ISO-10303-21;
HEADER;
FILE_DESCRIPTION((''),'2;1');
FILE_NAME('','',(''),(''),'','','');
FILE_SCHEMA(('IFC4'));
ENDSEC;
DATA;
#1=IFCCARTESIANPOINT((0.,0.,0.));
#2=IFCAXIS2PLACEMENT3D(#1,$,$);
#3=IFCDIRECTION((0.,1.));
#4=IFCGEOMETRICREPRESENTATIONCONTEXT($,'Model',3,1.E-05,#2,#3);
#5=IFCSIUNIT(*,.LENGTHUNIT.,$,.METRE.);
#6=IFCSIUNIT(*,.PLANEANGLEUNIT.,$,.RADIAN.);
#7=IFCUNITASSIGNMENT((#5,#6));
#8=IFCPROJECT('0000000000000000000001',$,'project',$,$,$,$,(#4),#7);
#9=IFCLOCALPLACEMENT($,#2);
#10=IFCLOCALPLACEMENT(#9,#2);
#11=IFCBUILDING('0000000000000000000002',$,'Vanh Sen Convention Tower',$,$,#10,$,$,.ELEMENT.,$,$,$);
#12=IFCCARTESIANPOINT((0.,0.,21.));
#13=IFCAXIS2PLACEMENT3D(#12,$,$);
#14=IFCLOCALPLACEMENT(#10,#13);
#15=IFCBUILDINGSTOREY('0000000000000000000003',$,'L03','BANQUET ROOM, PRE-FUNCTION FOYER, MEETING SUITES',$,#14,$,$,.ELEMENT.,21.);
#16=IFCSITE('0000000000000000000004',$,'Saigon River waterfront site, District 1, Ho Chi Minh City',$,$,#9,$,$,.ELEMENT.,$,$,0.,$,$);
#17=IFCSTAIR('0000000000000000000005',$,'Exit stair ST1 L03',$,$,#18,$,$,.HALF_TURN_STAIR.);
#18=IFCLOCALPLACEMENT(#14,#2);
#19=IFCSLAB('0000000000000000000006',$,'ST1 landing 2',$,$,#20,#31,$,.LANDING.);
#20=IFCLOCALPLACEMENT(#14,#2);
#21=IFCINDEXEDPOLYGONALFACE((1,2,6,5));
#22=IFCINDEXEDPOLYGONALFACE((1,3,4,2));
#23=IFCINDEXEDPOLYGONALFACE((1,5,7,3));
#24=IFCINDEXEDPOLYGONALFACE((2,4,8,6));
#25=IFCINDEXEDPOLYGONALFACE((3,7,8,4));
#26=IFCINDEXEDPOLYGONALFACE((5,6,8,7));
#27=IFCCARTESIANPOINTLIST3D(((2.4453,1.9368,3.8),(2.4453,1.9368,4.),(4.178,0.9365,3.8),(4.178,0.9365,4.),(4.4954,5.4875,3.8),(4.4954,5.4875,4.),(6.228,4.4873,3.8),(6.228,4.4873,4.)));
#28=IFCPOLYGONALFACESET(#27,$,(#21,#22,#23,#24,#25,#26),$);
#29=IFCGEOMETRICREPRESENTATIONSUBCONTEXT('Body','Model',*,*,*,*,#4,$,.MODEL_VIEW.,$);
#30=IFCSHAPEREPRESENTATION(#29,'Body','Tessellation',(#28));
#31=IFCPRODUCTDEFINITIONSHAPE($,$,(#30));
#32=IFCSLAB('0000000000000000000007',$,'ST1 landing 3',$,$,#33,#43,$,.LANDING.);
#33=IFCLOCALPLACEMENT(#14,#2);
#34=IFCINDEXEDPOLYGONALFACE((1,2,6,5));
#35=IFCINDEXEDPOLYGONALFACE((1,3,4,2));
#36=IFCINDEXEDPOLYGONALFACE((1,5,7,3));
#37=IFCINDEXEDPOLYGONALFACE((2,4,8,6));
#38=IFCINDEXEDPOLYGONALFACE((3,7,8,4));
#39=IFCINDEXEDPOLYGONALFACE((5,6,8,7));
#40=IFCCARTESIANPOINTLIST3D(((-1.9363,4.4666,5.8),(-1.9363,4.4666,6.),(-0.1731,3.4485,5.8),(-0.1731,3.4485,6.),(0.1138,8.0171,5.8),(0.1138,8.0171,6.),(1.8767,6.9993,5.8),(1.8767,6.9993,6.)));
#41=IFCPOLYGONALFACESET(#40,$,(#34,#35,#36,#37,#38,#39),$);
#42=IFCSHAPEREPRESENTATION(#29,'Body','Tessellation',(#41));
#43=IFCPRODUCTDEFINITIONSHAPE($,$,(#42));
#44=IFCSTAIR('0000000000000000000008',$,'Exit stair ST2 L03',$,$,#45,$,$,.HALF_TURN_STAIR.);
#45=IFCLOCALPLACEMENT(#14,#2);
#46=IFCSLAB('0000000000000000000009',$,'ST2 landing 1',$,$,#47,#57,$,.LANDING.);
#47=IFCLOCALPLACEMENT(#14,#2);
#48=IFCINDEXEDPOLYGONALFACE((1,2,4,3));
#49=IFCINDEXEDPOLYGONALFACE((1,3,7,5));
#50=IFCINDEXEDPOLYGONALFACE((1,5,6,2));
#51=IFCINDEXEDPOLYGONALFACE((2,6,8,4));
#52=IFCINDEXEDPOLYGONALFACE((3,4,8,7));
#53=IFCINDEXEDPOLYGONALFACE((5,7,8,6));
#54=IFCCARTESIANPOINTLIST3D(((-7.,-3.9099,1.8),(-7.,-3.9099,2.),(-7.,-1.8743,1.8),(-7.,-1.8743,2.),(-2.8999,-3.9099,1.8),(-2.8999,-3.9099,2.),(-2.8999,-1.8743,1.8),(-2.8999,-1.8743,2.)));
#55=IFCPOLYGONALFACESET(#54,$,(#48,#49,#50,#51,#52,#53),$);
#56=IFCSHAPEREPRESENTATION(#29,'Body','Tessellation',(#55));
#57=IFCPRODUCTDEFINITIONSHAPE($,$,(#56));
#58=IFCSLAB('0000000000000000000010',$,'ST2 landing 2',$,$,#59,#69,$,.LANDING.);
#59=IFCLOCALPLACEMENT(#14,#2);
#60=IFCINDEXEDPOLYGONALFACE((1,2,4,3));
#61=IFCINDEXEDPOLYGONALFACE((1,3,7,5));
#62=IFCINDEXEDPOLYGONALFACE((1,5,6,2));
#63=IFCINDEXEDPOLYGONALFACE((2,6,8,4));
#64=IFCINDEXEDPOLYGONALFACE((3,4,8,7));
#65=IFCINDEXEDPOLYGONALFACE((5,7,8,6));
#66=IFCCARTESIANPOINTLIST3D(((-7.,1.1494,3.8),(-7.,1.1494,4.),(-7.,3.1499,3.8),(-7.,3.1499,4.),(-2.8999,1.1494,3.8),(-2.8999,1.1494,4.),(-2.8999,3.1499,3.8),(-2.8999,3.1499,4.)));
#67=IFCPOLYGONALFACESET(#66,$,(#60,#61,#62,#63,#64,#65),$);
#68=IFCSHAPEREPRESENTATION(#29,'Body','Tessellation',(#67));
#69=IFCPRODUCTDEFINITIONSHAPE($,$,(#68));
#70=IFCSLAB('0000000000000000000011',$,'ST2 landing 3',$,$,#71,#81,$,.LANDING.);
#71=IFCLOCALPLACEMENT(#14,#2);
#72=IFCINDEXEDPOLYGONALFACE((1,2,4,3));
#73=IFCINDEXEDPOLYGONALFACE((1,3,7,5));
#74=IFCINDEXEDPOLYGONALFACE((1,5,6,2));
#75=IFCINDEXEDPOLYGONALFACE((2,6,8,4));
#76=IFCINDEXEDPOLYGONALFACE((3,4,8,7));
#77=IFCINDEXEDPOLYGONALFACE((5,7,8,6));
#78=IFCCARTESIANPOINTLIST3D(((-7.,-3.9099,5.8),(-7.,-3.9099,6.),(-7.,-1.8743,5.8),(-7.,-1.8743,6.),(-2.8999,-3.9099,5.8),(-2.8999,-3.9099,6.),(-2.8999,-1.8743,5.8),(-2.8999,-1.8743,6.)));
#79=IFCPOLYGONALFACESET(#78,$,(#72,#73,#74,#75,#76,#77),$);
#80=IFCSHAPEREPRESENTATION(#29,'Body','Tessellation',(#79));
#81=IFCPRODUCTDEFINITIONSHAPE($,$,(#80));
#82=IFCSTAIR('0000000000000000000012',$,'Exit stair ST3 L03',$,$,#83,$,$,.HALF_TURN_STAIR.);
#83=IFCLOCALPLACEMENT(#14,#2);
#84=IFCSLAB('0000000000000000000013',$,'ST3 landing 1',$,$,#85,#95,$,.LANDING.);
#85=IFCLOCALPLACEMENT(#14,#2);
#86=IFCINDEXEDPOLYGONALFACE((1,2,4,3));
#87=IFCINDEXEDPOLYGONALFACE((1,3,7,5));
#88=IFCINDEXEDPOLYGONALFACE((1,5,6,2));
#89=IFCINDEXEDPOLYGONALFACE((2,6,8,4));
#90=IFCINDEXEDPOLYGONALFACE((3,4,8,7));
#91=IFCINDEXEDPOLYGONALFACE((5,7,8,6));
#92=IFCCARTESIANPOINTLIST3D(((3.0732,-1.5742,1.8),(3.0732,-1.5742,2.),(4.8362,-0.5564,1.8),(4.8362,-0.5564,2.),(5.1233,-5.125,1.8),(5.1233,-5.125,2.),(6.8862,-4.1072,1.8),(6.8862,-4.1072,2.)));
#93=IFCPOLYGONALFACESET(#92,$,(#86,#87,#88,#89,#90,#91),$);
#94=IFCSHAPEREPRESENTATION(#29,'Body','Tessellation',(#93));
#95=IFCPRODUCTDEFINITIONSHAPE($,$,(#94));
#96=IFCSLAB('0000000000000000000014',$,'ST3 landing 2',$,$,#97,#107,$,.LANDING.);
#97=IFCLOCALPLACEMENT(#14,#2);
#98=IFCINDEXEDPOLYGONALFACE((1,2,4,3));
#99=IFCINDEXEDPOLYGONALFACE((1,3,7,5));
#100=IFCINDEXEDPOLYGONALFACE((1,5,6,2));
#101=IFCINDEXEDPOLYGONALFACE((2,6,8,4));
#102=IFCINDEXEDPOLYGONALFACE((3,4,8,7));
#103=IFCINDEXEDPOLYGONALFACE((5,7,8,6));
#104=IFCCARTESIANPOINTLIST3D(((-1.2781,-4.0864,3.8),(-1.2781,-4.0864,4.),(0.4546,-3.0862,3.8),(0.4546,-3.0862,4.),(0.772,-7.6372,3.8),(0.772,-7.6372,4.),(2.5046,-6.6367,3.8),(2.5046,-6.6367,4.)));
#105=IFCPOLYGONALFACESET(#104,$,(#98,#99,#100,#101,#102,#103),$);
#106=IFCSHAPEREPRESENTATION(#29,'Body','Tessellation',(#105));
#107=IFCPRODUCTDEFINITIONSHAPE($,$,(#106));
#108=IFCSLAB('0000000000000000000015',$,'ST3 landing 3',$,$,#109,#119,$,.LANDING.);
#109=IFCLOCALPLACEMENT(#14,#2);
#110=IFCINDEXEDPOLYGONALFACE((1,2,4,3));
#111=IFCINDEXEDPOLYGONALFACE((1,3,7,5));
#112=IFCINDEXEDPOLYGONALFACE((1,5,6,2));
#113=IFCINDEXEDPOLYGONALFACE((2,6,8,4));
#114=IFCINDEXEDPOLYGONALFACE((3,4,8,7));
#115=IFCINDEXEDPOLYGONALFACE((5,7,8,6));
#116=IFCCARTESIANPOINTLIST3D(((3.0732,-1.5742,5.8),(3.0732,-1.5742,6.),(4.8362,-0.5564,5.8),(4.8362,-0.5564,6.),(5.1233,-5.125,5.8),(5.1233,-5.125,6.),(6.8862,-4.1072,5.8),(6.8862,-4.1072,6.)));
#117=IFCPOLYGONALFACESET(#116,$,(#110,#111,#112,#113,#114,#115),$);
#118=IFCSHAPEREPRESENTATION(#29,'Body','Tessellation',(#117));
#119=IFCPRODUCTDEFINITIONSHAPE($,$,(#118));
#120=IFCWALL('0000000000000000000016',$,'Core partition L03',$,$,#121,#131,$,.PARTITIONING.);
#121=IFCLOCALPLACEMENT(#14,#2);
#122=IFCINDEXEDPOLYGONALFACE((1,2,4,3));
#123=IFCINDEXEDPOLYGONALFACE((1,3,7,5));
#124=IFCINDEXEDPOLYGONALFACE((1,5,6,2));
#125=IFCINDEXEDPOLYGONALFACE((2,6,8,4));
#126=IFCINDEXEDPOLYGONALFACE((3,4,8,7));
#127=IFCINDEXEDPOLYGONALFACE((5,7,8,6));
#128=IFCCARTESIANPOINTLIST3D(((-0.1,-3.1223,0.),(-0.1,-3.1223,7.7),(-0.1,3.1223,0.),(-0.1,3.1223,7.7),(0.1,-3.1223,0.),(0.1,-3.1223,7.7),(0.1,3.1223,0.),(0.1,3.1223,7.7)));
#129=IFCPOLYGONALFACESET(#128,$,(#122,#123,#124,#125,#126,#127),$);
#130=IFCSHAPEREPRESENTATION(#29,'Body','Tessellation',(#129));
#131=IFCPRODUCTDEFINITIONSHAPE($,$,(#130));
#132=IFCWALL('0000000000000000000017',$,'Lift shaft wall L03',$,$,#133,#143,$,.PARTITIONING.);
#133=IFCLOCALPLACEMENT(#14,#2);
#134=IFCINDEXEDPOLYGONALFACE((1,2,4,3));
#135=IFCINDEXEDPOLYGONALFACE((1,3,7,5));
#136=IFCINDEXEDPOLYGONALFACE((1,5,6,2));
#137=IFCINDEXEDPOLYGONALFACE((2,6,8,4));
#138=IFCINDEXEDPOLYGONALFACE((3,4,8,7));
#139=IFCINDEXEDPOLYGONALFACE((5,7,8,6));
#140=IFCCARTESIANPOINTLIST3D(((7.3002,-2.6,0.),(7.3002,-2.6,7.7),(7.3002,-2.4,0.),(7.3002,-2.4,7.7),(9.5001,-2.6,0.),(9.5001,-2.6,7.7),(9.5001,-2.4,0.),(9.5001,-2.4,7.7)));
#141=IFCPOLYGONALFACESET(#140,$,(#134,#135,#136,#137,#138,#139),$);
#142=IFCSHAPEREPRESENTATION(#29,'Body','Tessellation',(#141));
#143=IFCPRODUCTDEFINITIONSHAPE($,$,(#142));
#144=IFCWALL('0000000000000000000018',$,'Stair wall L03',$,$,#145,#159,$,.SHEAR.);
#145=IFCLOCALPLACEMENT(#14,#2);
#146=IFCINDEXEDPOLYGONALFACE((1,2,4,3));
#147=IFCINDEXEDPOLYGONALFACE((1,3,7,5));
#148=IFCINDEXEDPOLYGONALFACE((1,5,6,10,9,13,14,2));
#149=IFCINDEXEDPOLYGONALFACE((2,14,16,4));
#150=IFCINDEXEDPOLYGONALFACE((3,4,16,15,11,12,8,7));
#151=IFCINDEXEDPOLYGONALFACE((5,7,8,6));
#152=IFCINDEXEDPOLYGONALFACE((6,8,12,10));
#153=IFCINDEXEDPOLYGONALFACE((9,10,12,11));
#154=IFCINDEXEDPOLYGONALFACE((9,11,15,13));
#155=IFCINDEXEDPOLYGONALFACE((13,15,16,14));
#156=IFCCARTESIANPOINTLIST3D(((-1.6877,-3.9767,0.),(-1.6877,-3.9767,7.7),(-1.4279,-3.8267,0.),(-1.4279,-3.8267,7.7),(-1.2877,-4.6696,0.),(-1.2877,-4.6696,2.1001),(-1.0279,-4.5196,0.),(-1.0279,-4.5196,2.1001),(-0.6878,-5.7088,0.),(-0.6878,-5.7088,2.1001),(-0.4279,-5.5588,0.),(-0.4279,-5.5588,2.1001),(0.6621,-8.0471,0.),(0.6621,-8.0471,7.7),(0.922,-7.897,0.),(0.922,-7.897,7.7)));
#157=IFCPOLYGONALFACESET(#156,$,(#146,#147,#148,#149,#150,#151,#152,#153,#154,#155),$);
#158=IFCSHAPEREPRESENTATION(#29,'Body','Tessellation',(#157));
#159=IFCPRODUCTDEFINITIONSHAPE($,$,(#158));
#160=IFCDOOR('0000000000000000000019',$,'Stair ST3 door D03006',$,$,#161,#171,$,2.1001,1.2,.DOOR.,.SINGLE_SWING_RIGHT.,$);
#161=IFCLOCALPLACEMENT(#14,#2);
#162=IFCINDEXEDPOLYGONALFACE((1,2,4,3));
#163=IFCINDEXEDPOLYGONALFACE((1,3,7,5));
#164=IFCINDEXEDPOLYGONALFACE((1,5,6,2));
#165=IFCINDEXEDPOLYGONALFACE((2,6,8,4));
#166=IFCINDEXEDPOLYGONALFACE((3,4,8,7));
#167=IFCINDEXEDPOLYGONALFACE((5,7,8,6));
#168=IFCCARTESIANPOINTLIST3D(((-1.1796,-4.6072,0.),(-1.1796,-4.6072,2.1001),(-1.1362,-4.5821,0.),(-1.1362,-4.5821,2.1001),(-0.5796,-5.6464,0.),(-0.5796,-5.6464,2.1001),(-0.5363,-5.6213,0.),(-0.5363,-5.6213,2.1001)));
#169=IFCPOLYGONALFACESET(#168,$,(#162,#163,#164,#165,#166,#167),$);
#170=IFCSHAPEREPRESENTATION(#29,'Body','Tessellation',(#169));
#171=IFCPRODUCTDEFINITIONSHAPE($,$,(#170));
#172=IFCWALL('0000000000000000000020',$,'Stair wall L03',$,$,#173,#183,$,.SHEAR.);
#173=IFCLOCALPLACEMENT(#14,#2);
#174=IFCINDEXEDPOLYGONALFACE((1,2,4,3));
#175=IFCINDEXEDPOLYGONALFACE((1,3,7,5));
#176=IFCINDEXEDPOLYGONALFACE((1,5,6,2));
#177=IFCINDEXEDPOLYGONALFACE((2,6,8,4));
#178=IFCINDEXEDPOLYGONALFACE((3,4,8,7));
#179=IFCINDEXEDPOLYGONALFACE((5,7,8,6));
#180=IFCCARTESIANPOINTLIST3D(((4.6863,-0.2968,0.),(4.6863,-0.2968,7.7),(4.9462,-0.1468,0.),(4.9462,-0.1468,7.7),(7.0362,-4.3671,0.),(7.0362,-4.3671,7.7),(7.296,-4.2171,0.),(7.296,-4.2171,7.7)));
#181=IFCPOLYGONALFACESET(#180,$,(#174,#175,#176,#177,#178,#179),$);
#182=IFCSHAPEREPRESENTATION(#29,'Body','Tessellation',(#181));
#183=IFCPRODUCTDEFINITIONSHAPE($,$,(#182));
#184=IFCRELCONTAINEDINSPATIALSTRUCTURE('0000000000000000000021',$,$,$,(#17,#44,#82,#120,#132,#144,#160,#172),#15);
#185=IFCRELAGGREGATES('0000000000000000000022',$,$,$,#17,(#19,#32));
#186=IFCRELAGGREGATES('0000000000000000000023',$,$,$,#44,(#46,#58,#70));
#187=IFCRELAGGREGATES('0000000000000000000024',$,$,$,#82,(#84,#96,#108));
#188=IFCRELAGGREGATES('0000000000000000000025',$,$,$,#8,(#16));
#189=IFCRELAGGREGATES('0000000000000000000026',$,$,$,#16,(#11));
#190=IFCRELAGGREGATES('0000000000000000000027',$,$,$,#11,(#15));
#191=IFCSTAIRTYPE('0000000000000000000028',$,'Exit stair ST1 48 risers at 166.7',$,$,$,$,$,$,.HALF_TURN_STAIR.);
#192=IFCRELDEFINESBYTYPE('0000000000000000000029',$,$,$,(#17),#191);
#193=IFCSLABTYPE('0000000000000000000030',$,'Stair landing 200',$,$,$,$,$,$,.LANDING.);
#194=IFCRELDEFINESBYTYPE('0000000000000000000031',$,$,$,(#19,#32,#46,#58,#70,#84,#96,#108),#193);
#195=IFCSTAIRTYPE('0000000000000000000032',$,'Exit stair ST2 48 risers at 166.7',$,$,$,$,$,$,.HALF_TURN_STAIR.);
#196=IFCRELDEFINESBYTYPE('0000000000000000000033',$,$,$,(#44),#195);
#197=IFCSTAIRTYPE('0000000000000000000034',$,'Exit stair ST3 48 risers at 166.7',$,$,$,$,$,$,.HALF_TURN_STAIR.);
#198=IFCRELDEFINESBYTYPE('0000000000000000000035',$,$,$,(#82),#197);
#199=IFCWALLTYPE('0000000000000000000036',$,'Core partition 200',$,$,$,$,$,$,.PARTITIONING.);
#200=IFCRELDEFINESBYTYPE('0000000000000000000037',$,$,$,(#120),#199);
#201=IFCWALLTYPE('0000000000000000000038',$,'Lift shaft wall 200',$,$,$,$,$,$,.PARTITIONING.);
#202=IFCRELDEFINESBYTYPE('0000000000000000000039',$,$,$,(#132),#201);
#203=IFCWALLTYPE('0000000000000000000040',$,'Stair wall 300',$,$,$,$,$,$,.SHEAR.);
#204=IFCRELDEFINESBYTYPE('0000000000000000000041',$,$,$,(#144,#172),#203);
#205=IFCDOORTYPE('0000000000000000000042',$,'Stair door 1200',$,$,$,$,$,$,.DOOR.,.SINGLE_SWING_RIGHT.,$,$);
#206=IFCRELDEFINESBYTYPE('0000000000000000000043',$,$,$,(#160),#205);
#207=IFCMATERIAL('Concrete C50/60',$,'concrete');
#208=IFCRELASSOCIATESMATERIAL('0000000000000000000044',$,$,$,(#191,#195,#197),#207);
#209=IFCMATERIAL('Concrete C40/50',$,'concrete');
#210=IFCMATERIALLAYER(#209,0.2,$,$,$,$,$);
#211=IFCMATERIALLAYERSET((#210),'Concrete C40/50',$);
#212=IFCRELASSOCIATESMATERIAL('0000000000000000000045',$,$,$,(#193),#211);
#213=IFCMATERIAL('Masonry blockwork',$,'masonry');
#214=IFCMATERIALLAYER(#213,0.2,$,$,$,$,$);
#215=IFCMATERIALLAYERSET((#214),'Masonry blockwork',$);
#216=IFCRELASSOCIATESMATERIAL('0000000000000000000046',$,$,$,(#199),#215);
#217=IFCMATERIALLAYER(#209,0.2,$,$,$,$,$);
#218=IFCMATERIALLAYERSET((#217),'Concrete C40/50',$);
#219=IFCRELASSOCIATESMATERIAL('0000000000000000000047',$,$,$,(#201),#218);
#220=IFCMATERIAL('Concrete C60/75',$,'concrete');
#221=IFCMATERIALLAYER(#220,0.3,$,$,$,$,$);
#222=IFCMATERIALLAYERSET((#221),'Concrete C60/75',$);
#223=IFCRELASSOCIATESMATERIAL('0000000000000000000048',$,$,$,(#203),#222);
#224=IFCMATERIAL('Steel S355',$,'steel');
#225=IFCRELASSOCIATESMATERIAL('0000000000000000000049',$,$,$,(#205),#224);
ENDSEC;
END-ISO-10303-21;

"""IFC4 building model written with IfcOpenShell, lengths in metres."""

from ifc_helpers import new_model, si_unit, direction, frame, frame_2d, origin, place, context, subcontext, project, spatial, polyline, rectangle, outline, extrude, material, layer, layer_set, type_object, element, fill, aggregate, save


model = new_model("IFC4")

# Units and contexts
model_context = context("Model", 3, precision=1e-05, world=origin(), true_north=direction((0.0, 1.0)))
body_context = subcontext(model_context, "Body", "Model", "MODEL_VIEW")
ifc_project = project(units=[si_unit("LENGTHUNIT", "METRE"), si_unit("PLANEANGLEUNIT", "RADIAN")], contexts=[model_context])

# Site, building, storey
site_placement = place(None, origin())
site = spatial("IfcSite", under=ifc_project, at=site_placement, Name="Saigon River waterfront site, District 1, Ho Chi Minh City", CompositionType="ELEMENT", RefElevation=0.0)
building_placement = place(site_placement, origin())
building = spatial("IfcBuilding", under=site, at=building_placement, Name="Vanh Sen Convention Tower", CompositionType="ELEMENT")
storey_placement = place(building_placement, frame((0.0, 0.0, 21.0)))
storey = spatial("IfcBuildingStorey", under=building, at=storey_placement, Name="L03", Description="BANQUET ROOM, PRE-FUNCTION FOYER, MEETING SUITES", CompositionType="ELEMENT", Elevation=21.0)

# Shared definitions
ifc_material_1 = material(Name="Concrete C40/50", Category="concrete")

# Stairs, slabs
ifc_material_2 = material(Name="Concrete C50/60", Category="concrete")
stair_type_1 = type_object("IfcStairType", Name="Exit stair ST1 48 risers at 166.7", PredefinedType="HALF_TURN_STAIR", material=ifc_material_2)
stair_1_placement = place(storey_placement, origin())
stair_1 = element("IfcStair", 1, at=stair_1_placement, inside=storey, type_object=stair_type_1, Name="Exit stair ST1 L03", PredefinedType="HALF_TURN_STAIR")
ifc_layer_1 = layer(ifc_material_1, 0.2)
ifc_layer_set_1 = layer_set([ifc_layer_1], Name="Concrete C40/50")
slab_type_1 = type_object("IfcSlabType", Name="Stair landing 200", PredefinedType="LANDING", material=ifc_layer_set_1)
slab_1_placement = place(storey_placement, frame((0.0, 0.0, 3.8)))
slab_1 = element("IfcSlab", 2, at=slab_1_placement, type_object=slab_type_1, Name="ST1 landing 2", PredefinedType="LANDING", context=body_context, shape_type="SweptSolid", body=[
    extrude(outline(polyline([(6.228, 4.4873), (4.4954, 5.4875), (2.4453, 1.9368), (4.178, 0.9365), (6.228, 4.4873)])), origin(), (0.0, 0.0, 1.0), 0.2),
])
slab_2_placement = place(storey_placement, frame((0.0, 0.0, 5.8)))
slab_2 = element("IfcSlab", 3, at=slab_2_placement, type_object=slab_type_1, Name="ST1 landing 3", PredefinedType="LANDING", context=body_context, shape_type="SweptSolid", body=[
    extrude(outline(polyline([(1.8767, 6.9993), (0.1138, 8.0171), (-1.9363, 4.4666), (-0.1731, 3.4485), (1.8767, 6.9993)])), origin(), (0.0, 0.0, 1.0), 0.2),
])
aggregate(stair_1, [slab_1, slab_2])
stair_type_2 = type_object("IfcStairType", Name="Exit stair ST2 48 risers at 166.7", PredefinedType="HALF_TURN_STAIR", material=ifc_material_2)
stair_2_placement = place(storey_placement, origin())
stair_2 = element("IfcStair", 4, at=stair_2_placement, inside=storey, type_object=stair_type_2, Name="Exit stair ST2 L03", PredefinedType="HALF_TURN_STAIR")
slab_3_placement = place(storey_placement, frame((0.0, 0.0, 1.8)))
slab_3 = element("IfcSlab", 5, at=slab_3_placement, type_object=slab_type_1, Name="ST2 landing 1", PredefinedType="LANDING", context=body_context, shape_type="SweptSolid", body=[
    extrude(outline(polyline([(-7.0, -1.8743), (-7.0, -3.9099), (-2.8999, -3.9099), (-2.8999, -1.8743), (-7.0, -1.8743)])), origin(), (0.0, 0.0, 1.0), 0.2),
])
slab_4_placement = place(storey_placement, frame((0.0, 0.0, 3.8)))
slab_4 = element("IfcSlab", 6, at=slab_4_placement, type_object=slab_type_1, Name="ST2 landing 2", PredefinedType="LANDING", context=body_context, shape_type="SweptSolid", body=[
    extrude(outline(polyline([(-7.0, 3.1499), (-7.0, 1.1494), (-2.8999, 1.1494), (-2.8999, 3.1499), (-7.0, 3.1499)])), origin(), (0.0, 0.0, 1.0), 0.2),
])
slab_5_placement = place(storey_placement, frame((0.0, 0.0, 5.8)))
slab_5 = element("IfcSlab", 7, at=slab_5_placement, type_object=slab_type_1, Name="ST2 landing 3", PredefinedType="LANDING", context=body_context, shape_type="SweptSolid", body=[
    extrude(outline(polyline([(-7.0, -1.8743), (-7.0, -3.9099), (-2.8999, -3.9099), (-2.8999, -1.8743), (-7.0, -1.8743)])), origin(), (0.0, 0.0, 1.0), 0.2),
])
aggregate(stair_2, [slab_3, slab_4, slab_5])
stair_type_3 = type_object("IfcStairType", Name="Exit stair ST3 48 risers at 166.7", PredefinedType="HALF_TURN_STAIR", material=ifc_material_2)
stair_3_placement = place(storey_placement, origin())
stair_3 = element("IfcStair", 8, at=stair_3_placement, inside=storey, type_object=stair_type_3, Name="Exit stair ST3 L03", PredefinedType="HALF_TURN_STAIR")
slab_6_placement = place(storey_placement, frame((0.0, 0.0, 1.8)))
slab_6 = element("IfcSlab", 9, at=slab_6_placement, type_object=slab_type_1, Name="ST3 landing 1", PredefinedType="LANDING", context=body_context, shape_type="SweptSolid", body=[
    extrude(outline(polyline([(5.1233, -5.125), (6.8862, -4.1072), (4.8362, -0.5564), (3.0732, -1.5742), (5.1233, -5.125)])), origin(), (0.0, 0.0, 1.0), 0.2),
])
slab_7_placement = place(storey_placement, frame((0.0, 0.0, 3.8)))
slab_7 = element("IfcSlab", 10, at=slab_7_placement, type_object=slab_type_1, Name="ST3 landing 2", PredefinedType="LANDING", context=body_context, shape_type="SweptSolid", body=[
    extrude(outline(polyline([(0.772, -7.6372), (2.5046, -6.6367), (0.4546, -3.0862), (-1.2781, -4.0864), (0.772, -7.6372)])), origin(), (0.0, 0.0, 1.0), 0.2),
])
slab_8_placement = place(storey_placement, frame((0.0, 0.0, 5.8)))
slab_8 = element("IfcSlab", 11, at=slab_8_placement, type_object=slab_type_1, Name="ST3 landing 3", PredefinedType="LANDING", context=body_context, shape_type="SweptSolid", body=[
    extrude(outline(polyline([(5.1233, -5.125), (6.8862, -4.1072), (4.8362, -0.5564), (3.0732, -1.5742), (5.1233, -5.125)])), origin(), (0.0, 0.0, 1.0), 0.2),
])
aggregate(stair_3, [slab_6, slab_7, slab_8])

# Walls
ifc_material_3 = material(Name="Masonry blockwork", Category="masonry")
ifc_layer_2 = layer(ifc_material_3, 0.2)
ifc_layer_set_2 = layer_set([ifc_layer_2], Name="Masonry blockwork")
wall_type_1 = type_object("IfcWallType", Name="Core partition 200", PredefinedType="PARTITIONING", material=ifc_layer_set_2)
wall_1_placement = place(storey_placement, frame((0.0, -3.1223, 0.0), z_axis=(0.0, 0.0, 1.0), x_axis=(0.0, 1.0, 0.0)))
element("IfcWall", 12, at=wall_1_placement, inside=storey, type_object=wall_type_1, Name="Core partition L03", PredefinedType="PARTITIONING", context=body_context, shape_type="SweptSolid", body=[
    extrude(rectangle(XDim=6.2446, YDim=0.2, at=frame_2d((3.1223, 0.0))), origin(), (0.0, 0.0, 1.0), 7.7),
])
ifc_layer_3 = layer(ifc_material_1, 0.2)
ifc_layer_set_3 = layer_set([ifc_layer_3], Name="Concrete C40/50")
wall_type_2 = type_object("IfcWallType", Name="Lift shaft wall 200", PredefinedType="PARTITIONING", material=ifc_layer_set_3)
wall_2_placement = place(storey_placement, frame((7.3, -2.5, 0.0), z_axis=(0.0, 0.0, 1.0), x_axis=(1.0, 0.0, 0.0)))
element("IfcWall", 13, at=wall_2_placement, inside=storey, type_object=wall_type_2, Name="Lift shaft wall L03", PredefinedType="PARTITIONING", context=body_context, shape_type="SweptSolid", body=[
    extrude(rectangle(XDim=2.2, YDim=0.2, at=frame_2d((1.1001, 0.0))), origin(), (0.0, 0.0, 1.0), 7.7),
])

# Wall, opening, door
ifc_material_4 = material(Name="Concrete C60/75", Category="concrete")
ifc_layer_4 = layer(ifc_material_4, 0.3)
ifc_layer_set_4 = layer_set([ifc_layer_4], Name="Concrete C60/75")
wall_type_3 = type_object("IfcWallType", Name="Stair wall 300", PredefinedType="SHEAR", material=ifc_layer_set_4)
wall_3_placement = place(storey_placement, frame((-1.5579, -3.9016, 0.0), z_axis=(0.0, 0.0, 1.0), x_axis=(0.499977, -0.866039, 0.0)))
wall_3 = element("IfcWall", 14, at=wall_3_placement, inside=storey, type_object=wall_type_3, Name="Stair wall L03", PredefinedType="SHEAR", context=body_context, shape_type="SweptSolid", body=[
    extrude(rectangle(XDim=4.7, YDim=0.3, at=frame_2d((2.3501, 0.0))), origin(), (0.0, 0.0, 1.0), 7.7),
])
opening_placement = place(wall_3_placement, frame((0.8, 0.0, 0.0)))
opening = element("IfcOpeningElement", 15, at=opening_placement, cuts=wall_3, PredefinedType="OPENING", context=body_context, shape_type="SweptSolid", body=[
    extrude(rectangle(XDim=1.2, YDim=2.1001, at=frame_2d((0.6001, 1.05))), frame((0.0, 0.1599, 0.0), z_axis=(0.0, -1.0, 0.0), x_axis=(1.0, 0.0, 0.0)), (0.0, 0.0, 1.0), 0.3201),
])
ifc_material_5 = material(Name="Steel S355", Category="steel")
door_type = type_object("IfcDoorType", Name="Stair door 1200", OperationType="SINGLE_SWING_RIGHT", PredefinedType="DOOR", material=ifc_material_5)
door_placement = place(opening_placement, origin())
door = element("IfcDoor", 16, at=door_placement, inside=storey, type_object=door_type, Name="Stair ST3 door D03006", OperationType="SINGLE_SWING_RIGHT", OverallHeight=2.1001, OverallWidth=1.2, PredefinedType="DOOR", context=body_context, shape_type="SweptSolid", body=[
    extrude(rectangle(XDim=1.2, YDim=2.1001, at=frame_2d((0.6001, 1.05))), frame((0.0, 0.0249, 0.0), z_axis=(0.0, -1.0, 0.0), x_axis=(1.0, 0.0, 0.0)), (0.0, 0.0, 1.0), 0.05),
])
fill(opening, door)

# Wall
wall_4_placement = place(storey_placement, frame((4.8162, -0.2217, 0.0), z_axis=(0.0, 0.0, 1.0), x_axis=(0.499977, -0.866039, 0.0)))
element("IfcWall", 17, at=wall_4_placement, inside=storey, type_object=wall_type_3, Name="Stair wall L03", PredefinedType="SHEAR", context=body_context, shape_type="SweptSolid", body=[
    extrude(rectangle(XDim=4.7, YDim=0.3, at=frame_2d((2.3501, 0.0))), origin(), (0.0, 0.0, 1.0), 7.7),
])

save(model, "model.ifc")
